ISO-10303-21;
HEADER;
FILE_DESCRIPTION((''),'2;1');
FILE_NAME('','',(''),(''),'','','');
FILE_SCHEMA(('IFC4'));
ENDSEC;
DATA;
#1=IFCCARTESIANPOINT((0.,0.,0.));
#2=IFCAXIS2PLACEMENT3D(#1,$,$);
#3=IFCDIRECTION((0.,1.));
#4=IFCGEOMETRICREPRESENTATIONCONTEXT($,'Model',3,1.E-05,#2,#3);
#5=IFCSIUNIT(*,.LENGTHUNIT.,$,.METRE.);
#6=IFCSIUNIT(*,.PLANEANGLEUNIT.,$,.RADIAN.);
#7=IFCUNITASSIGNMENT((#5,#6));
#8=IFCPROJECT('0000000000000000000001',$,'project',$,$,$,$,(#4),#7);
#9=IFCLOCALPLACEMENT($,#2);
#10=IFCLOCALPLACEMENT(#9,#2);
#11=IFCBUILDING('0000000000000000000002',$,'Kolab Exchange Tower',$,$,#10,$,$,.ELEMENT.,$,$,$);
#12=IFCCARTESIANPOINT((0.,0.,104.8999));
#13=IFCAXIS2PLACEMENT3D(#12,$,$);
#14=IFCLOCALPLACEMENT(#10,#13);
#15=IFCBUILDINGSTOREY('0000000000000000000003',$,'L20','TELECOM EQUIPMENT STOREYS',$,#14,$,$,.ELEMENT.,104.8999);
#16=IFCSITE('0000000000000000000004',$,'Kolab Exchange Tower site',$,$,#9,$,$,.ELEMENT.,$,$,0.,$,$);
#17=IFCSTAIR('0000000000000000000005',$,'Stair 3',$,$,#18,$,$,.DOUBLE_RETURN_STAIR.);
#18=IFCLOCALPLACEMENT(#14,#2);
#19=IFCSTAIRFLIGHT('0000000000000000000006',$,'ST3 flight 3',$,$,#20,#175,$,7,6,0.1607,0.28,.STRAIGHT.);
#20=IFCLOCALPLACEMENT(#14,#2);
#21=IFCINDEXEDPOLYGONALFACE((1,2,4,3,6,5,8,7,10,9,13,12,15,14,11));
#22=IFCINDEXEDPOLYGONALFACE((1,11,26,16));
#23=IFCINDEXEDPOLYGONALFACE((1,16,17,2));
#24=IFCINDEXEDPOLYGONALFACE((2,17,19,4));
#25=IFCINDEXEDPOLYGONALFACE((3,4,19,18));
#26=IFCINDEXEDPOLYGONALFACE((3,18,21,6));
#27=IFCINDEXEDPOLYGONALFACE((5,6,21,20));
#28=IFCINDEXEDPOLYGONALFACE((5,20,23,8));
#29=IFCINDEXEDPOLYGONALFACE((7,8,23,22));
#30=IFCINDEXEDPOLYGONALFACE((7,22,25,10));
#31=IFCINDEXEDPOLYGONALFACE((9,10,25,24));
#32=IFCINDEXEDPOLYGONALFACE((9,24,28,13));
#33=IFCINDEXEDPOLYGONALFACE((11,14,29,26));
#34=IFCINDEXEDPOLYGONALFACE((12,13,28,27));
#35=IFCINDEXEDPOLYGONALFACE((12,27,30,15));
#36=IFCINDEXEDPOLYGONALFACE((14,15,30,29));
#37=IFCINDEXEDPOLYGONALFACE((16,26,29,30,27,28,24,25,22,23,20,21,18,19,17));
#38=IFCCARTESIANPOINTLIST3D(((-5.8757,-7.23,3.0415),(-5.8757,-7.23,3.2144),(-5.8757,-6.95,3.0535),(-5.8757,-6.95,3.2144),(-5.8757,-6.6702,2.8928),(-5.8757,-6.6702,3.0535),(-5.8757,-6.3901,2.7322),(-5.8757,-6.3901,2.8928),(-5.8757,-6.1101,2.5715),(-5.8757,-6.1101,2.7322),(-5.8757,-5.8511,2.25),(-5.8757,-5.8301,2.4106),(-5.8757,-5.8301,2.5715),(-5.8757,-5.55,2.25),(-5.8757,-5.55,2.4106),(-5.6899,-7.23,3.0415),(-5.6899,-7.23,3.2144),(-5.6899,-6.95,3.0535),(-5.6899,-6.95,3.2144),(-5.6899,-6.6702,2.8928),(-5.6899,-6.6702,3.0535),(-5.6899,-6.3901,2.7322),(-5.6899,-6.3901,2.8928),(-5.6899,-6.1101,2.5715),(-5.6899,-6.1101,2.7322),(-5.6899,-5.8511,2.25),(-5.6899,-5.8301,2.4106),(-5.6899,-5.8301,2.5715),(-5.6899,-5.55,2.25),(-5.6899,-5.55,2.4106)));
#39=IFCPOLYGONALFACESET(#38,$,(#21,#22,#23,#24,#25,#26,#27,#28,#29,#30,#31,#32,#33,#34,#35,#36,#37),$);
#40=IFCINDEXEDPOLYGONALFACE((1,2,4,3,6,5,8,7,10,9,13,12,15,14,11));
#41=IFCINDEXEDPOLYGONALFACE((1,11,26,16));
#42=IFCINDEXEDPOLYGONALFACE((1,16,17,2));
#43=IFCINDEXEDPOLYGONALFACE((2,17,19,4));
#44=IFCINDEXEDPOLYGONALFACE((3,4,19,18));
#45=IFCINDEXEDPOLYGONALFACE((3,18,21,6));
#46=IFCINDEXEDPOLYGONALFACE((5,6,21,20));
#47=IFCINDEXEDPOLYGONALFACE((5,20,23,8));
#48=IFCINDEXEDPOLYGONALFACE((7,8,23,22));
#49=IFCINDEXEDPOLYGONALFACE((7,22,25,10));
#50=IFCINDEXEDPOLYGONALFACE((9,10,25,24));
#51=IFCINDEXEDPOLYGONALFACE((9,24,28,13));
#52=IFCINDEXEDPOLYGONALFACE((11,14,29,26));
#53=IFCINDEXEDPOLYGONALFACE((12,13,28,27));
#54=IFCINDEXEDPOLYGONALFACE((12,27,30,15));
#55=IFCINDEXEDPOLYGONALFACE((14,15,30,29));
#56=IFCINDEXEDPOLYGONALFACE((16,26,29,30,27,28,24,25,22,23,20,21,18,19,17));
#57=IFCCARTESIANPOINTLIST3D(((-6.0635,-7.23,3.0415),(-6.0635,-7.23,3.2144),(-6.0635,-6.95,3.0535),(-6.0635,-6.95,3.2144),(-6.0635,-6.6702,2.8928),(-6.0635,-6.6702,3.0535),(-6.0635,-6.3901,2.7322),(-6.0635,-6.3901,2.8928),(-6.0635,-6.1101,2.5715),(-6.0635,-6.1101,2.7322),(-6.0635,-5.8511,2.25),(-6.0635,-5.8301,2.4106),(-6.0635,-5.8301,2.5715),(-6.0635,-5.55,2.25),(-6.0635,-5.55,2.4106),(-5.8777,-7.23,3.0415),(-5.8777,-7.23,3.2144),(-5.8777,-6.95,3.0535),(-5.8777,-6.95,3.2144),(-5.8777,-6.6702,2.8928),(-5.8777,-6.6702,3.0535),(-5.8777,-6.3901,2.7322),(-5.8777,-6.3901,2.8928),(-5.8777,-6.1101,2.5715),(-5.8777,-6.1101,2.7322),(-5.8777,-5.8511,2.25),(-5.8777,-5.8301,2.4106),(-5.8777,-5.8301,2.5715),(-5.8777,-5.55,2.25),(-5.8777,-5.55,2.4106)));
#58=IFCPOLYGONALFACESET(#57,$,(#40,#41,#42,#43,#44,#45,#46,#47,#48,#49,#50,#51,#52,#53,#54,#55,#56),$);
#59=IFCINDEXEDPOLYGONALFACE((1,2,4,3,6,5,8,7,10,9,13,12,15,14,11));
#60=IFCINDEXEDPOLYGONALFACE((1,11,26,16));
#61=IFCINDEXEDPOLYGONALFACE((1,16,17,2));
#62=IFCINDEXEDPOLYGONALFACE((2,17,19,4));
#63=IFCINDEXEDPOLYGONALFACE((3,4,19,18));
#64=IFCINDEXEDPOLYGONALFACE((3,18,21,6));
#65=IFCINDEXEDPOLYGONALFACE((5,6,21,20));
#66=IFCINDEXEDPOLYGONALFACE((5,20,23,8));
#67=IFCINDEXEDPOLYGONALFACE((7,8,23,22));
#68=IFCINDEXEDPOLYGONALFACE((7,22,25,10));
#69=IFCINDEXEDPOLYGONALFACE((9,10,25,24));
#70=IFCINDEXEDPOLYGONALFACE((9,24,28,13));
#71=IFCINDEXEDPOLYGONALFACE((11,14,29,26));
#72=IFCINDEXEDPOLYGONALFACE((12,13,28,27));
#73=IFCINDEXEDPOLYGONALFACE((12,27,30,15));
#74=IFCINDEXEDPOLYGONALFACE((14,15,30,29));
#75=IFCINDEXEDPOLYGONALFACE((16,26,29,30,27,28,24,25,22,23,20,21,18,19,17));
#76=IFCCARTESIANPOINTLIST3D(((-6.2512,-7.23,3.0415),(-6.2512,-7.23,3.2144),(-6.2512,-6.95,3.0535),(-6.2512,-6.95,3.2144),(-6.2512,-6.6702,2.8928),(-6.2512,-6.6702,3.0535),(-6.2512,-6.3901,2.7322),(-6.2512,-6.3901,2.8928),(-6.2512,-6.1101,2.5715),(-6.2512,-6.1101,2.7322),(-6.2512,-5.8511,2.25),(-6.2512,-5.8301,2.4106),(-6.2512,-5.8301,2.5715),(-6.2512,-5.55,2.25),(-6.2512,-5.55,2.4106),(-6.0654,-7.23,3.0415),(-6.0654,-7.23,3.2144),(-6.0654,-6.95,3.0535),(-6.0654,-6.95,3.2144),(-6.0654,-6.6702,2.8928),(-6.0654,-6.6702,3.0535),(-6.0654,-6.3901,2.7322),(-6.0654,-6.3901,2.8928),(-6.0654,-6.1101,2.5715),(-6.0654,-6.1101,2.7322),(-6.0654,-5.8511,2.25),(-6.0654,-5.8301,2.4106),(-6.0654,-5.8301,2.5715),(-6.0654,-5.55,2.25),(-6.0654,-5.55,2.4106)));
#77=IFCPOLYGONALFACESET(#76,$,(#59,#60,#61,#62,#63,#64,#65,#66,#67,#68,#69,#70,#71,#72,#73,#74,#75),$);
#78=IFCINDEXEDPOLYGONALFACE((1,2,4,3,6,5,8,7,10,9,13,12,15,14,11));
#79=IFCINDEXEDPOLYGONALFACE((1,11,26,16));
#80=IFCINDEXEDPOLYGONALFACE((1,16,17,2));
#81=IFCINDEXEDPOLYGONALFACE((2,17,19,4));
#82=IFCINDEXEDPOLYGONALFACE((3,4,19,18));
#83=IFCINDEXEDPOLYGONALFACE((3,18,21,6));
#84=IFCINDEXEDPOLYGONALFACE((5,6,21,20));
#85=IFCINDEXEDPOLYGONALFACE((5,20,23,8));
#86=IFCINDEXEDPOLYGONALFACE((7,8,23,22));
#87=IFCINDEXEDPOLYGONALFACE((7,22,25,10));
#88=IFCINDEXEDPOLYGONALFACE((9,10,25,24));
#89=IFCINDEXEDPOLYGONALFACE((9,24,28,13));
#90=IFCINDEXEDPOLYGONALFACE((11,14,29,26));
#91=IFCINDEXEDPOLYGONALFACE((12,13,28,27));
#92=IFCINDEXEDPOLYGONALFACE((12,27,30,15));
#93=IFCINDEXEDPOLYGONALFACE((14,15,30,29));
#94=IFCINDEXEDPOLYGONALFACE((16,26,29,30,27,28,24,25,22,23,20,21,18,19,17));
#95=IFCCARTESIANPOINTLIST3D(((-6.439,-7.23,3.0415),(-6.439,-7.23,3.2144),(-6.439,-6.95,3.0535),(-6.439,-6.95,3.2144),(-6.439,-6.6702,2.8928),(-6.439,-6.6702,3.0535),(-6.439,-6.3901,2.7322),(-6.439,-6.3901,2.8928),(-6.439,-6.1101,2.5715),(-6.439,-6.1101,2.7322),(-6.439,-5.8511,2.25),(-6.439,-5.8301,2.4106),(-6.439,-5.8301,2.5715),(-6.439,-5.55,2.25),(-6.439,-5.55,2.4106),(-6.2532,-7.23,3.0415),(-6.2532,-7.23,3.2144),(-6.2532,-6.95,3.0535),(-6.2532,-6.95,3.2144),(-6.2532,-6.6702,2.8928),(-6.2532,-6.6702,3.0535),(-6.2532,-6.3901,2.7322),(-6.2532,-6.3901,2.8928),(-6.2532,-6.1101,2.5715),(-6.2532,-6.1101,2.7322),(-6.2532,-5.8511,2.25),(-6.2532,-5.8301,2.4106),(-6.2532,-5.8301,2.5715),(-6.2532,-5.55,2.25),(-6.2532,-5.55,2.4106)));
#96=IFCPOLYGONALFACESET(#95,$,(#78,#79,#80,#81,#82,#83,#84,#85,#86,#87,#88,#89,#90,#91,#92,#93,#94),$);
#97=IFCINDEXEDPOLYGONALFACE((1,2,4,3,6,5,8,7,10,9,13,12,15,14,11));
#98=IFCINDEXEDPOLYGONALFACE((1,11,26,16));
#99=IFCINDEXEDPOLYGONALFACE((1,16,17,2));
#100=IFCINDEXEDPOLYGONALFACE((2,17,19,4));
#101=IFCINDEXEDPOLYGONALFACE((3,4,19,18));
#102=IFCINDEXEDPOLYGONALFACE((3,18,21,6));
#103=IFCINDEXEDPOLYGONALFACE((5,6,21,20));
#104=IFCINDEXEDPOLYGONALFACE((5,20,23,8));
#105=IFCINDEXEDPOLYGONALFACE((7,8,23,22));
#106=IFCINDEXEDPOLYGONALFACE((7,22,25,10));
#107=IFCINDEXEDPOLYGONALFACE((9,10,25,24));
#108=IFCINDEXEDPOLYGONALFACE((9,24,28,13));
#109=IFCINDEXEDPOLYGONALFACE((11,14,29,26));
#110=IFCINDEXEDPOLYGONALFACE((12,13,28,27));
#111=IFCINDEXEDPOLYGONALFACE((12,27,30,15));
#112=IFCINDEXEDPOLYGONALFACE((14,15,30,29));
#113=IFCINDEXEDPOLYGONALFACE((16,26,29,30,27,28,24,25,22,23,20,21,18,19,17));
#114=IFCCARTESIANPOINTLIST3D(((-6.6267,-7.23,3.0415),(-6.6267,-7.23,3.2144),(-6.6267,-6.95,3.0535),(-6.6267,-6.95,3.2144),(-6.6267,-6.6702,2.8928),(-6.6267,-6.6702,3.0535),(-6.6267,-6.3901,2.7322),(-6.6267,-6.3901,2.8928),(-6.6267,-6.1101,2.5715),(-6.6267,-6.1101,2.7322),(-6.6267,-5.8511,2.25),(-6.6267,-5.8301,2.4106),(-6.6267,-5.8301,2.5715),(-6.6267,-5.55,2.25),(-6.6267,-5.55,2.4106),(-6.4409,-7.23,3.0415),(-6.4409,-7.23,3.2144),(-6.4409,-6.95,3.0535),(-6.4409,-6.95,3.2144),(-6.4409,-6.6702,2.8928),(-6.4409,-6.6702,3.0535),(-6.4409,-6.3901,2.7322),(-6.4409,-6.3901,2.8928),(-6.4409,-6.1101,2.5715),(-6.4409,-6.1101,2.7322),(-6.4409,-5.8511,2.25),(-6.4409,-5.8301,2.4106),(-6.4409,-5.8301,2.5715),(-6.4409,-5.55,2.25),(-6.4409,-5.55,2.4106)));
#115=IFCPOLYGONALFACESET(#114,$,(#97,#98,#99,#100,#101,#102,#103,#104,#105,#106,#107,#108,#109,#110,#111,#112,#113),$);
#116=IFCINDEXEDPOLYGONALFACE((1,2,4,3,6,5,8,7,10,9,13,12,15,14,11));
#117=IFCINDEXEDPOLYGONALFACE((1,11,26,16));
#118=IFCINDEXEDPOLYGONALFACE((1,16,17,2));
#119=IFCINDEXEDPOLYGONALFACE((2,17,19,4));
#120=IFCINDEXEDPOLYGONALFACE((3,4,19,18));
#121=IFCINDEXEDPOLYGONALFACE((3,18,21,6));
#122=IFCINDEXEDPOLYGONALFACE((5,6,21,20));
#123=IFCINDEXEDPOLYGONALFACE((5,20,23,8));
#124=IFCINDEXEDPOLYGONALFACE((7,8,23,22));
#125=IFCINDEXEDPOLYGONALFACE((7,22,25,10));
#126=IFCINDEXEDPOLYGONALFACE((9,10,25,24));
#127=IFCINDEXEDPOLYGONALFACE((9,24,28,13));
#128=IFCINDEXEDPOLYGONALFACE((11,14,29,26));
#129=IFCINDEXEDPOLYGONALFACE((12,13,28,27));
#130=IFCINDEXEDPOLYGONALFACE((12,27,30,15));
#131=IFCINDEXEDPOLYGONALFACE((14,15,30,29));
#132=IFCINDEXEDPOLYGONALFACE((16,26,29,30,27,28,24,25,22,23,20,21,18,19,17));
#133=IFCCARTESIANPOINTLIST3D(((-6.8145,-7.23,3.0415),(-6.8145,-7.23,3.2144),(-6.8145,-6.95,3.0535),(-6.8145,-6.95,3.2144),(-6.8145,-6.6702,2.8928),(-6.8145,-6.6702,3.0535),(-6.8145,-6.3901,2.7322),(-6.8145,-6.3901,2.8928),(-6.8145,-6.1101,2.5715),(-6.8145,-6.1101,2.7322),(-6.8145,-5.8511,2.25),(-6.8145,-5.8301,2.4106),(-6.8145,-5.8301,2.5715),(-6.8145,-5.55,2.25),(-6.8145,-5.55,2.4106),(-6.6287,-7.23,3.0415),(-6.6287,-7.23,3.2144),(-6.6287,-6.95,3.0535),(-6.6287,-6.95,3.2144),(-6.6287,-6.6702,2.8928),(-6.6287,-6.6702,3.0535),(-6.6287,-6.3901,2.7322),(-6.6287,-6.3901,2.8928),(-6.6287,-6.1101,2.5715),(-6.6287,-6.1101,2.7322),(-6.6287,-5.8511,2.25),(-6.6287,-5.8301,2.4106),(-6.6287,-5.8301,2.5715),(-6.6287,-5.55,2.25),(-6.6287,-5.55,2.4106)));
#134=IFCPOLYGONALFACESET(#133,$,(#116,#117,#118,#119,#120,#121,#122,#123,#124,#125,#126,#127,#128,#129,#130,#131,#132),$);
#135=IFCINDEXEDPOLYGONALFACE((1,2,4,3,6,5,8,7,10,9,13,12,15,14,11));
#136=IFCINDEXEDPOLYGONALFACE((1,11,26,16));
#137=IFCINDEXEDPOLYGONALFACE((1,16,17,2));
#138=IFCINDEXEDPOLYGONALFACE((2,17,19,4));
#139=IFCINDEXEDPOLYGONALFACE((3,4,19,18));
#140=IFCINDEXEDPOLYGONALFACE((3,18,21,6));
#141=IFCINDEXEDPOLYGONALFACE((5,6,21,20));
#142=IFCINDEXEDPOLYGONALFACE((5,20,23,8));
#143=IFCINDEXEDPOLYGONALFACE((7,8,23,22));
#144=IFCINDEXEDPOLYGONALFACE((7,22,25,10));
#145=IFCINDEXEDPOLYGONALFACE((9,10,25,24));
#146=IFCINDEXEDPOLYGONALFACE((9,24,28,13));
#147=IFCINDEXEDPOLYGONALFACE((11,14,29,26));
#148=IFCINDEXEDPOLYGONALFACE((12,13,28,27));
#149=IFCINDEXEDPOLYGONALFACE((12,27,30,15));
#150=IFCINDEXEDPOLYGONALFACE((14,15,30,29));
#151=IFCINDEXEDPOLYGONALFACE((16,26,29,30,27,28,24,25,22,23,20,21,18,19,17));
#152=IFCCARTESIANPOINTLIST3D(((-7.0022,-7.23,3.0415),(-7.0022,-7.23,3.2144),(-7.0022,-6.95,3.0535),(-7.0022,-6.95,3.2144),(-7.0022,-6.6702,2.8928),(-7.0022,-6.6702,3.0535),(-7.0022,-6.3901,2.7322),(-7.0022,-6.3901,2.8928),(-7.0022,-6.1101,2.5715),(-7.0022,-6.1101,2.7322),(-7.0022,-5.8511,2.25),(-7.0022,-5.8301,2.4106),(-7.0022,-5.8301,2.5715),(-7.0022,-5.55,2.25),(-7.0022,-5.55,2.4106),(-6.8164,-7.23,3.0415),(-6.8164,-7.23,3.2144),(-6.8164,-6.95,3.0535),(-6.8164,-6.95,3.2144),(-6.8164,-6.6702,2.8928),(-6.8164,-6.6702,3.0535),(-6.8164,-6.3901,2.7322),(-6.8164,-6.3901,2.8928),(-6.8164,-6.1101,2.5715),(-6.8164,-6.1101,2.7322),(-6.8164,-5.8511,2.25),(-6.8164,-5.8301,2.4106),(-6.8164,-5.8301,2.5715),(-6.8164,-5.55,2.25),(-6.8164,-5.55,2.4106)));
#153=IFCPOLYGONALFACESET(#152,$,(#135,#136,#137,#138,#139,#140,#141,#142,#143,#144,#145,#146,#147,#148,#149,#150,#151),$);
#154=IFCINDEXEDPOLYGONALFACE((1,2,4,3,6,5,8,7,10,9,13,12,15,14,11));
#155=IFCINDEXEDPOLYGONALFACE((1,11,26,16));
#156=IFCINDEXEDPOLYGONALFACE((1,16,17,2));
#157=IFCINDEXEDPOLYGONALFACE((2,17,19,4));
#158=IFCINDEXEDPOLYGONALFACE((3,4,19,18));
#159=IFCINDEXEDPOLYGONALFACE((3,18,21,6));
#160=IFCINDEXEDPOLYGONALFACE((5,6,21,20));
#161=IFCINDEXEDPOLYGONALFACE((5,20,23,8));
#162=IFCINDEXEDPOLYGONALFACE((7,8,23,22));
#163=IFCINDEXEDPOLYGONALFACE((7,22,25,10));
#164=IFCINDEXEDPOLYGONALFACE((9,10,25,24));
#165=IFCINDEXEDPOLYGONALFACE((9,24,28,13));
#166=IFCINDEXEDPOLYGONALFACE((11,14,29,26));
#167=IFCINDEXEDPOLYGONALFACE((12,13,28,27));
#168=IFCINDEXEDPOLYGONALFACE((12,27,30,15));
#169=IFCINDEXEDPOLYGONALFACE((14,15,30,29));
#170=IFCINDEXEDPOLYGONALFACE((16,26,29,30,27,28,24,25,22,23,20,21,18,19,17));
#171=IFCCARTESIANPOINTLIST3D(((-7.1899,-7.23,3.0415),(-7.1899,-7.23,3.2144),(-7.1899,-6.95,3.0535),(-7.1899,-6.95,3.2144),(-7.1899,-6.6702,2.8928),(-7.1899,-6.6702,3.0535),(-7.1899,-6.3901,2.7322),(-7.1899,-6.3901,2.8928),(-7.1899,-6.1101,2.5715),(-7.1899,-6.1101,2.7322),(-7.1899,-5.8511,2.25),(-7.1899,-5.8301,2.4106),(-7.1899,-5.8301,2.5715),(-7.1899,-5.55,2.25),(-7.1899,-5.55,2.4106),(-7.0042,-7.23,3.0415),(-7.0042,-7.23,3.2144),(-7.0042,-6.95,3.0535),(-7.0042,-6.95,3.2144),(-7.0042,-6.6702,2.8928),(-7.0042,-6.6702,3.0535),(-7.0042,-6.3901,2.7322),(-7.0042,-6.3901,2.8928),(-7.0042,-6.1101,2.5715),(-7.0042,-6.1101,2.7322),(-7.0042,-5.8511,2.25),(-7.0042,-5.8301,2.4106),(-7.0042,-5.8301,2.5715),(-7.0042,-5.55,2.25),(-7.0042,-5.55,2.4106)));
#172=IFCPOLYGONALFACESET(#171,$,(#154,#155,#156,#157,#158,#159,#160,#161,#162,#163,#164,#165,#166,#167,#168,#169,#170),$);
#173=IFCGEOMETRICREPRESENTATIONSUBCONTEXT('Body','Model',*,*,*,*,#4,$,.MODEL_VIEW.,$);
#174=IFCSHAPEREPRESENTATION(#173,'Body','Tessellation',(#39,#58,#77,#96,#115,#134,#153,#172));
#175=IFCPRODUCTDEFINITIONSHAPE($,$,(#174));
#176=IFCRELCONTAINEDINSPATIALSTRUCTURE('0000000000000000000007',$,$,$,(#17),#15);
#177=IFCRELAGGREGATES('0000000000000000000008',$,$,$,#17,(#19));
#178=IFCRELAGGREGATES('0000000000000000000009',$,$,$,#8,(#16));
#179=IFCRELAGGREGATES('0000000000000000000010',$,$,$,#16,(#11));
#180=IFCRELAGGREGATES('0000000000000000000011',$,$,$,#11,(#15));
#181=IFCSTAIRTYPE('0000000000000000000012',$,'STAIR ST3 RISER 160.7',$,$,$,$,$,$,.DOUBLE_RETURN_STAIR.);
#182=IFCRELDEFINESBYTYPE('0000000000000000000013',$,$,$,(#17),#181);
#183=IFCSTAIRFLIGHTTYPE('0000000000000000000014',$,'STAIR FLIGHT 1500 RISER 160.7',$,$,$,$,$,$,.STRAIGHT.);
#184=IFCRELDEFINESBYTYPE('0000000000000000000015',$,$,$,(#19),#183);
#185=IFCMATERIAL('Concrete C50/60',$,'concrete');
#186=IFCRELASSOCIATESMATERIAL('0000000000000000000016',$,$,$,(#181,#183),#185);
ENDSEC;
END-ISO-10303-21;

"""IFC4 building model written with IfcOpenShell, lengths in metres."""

from ifc_helpers import new_model, si_unit, direction, frame, origin, place, context, subcontext, project, spatial, polyline, outline, extrude, material, type_object, element, aggregate, save


model = new_model("IFC4")

# Units and contexts
model_context = context("Model", 3, precision=1e-05, world=origin(), true_north=direction((0.0, 1.0)))
body_context = subcontext(model_context, "Body", "Model", "MODEL_VIEW")
ifc_project = project(units=[si_unit("LENGTHUNIT", "METRE"), si_unit("PLANEANGLEUNIT", "RADIAN")], contexts=[model_context])

# Site, building, storey
site_placement = place(None, origin())
site = spatial("IfcSite", under=ifc_project, at=site_placement, Name="Kolab Exchange Tower site", CompositionType="ELEMENT", RefElevation=0.0)
building_placement = place(site_placement, origin())
building = spatial("IfcBuilding", under=site, at=building_placement, Name="Kolab Exchange Tower", CompositionType="ELEMENT")
storey_placement = place(building_placement, frame((0.0, 0.0, 104.8999)))
storey = spatial("IfcBuildingStorey", under=building, at=storey_placement, Name="L20", Description="TELECOM EQUIPMENT STOREYS", CompositionType="ELEMENT", Elevation=104.8999)

# Shared definitions
ifc_material_1 = material(Name="Concrete C50/60", Category="concrete")

# Stair, stair flight
stair_type = type_object("IfcStairType", Name="STAIR ST3 RISER 160.7", PredefinedType="DOUBLE_RETURN_STAIR", material=ifc_material_1)
stair_placement = place(storey_placement, origin())
stair = element("IfcStair", 1, at=stair_placement, inside=storey, type_object=stair_type, Name="Stair 3", PredefinedType="DOUBLE_RETURN_STAIR")
stair_flight_type = type_object("IfcStairFlightType", Name="STAIR FLIGHT 1500 RISER 160.7", PredefinedType="STRAIGHT", material=ifc_material_1)
stair_flight_1_placement = place(storey_placement, frame((-6.4399, -5.55, 2.25), z_axis=(0.0, 0.0, 1.0), x_axis=(0.0, -1.0, 0.0)))
stair_flight_1 = element("IfcStairFlight", 2, at=stair_flight_1_placement, type_object=stair_flight_type, Name="ST3 flight 3", NumberOfRisers=7, NumberOfTreads=6, PredefinedType="STRAIGHT", RiserHeight=0.1607, TreadLength=0.28, context=body_context, shape_type="SweptSolid", body=[
    extrude(outline(polyline([(0.0, 0.0), (0.0, 0.1606), (0.28, 0.1606), (0.28, 0.3215), (0.5601, 0.3215), (0.5601, 0.4822), (0.8401, 0.4822), (0.8401, 0.6428), (1.1201, 0.6428), (1.1201, 0.8035), (1.3999, 0.8035), (1.3999, 0.9644), (1.6799, 0.9644), (1.6799, 1.125), (1.6799, 0.7915), (0.301, 0.0), (0.0, 0.0)])), frame((0.0, 0.75, 0.0), z_axis=(0.0, -1.0, 0.0), x_axis=(1.0, 0.0, 0.0)), (0.0, 0.0, 1.0), 0.1858),
    extrude(outline(polyline([(0.0, 0.0), (0.0, 0.1606), (0.28, 0.1606), (0.28, 0.3215), (0.5601, 0.3215), (0.5601, 0.4822), (0.8401, 0.4822), (0.8401, 0.6428), (1.1201, 0.6428), (1.1201, 0.8035), (1.3999, 0.8035), (1.3999, 0.9644), (1.6799, 0.9644), (1.6799, 1.125), (1.6799, 0.7915), (0.301, 0.0), (0.0, 0.0)])), frame((0.0, 0.5623, 0.0), z_axis=(0.0, -1.0, 0.0), x_axis=(1.0, 0.0, 0.0)), (0.0, 0.0, 1.0), 0.1858),
    extrude(outline(polyline([(0.0, 0.0), (0.0, 0.1606), (0.28, 0.1606), (0.28, 0.3215), (0.5601, 0.3215), (0.5601, 0.4822), (0.8401, 0.4822), (0.8401, 0.6428), (1.1201, 0.6428), (1.1201, 0.8035), (1.3999, 0.8035), (1.3999, 0.9644), (1.6799, 0.9644), (1.6799, 1.125), (1.6799, 0.7915), (0.301, 0.0), (0.0, 0.0)])), frame((0.0, 0.3745, 0.0), z_axis=(0.0, -1.0, 0.0), x_axis=(1.0, 0.0, 0.0)), (0.0, 0.0, 1.0), 0.1858),
    extrude(outline(polyline([(0.0, 0.0), (0.0, 0.1606), (0.28, 0.1606), (0.28, 0.3215), (0.5601, 0.3215), (0.5601, 0.4822), (0.8401, 0.4822), (0.8401, 0.6428), (1.1201, 0.6428), (1.1201, 0.8035), (1.3999, 0.8035), (1.3999, 0.9644), (1.6799, 0.9644), (1.6799, 1.125), (1.6799, 0.7915), (0.301, 0.0), (0.0, 0.0)])), frame((0.0, 0.1868, 0.0), z_axis=(0.0, -1.0, 0.0), x_axis=(1.0, 0.0, 0.0)), (0.0, 0.0, 1.0), 0.1858),
    extrude(outline(polyline([(0.0, 0.0), (0.0, 0.1606), (0.28, 0.1606), (0.28, 0.3215), (0.5601, 0.3215), (0.5601, 0.4822), (0.8401, 0.4822), (0.8401, 0.6428), (1.1201, 0.6428), (1.1201, 0.8035), (1.3999, 0.8035), (1.3999, 0.9644), (1.6799, 0.9644), (1.6799, 1.125), (1.6799, 0.7915), (0.301, 0.0), (0.0, 0.0)])), frame((0.0, -0.001, 0.0), z_axis=(0.0, -1.0, 0.0), x_axis=(1.0, 0.0, 0.0)), (0.0, 0.0, 1.0), 0.1858),
    extrude(outline(polyline([(0.0, 0.0), (0.0, 0.1606), (0.28, 0.1606), (0.28, 0.3215), (0.5601, 0.3215), (0.5601, 0.4822), (0.8401, 0.4822), (0.8401, 0.6428), (1.1201, 0.6428), (1.1201, 0.8035), (1.3999, 0.8035), (1.3999, 0.9644), (1.6799, 0.9644), (1.6799, 1.125), (1.6799, 0.7915), (0.301, 0.0), (0.0, 0.0)])), frame((0.0, -0.1887, 0.0), z_axis=(0.0, -1.0, 0.0), x_axis=(1.0, 0.0, 0.0)), (0.0, 0.0, 1.0), 0.1858),
    extrude(outline(polyline([(0.0, 0.0), (0.0, 0.1606), (0.28, 0.1606), (0.28, 0.3215), (0.5601, 0.3215), (0.5601, 0.4822), (0.8401, 0.4822), (0.8401, 0.6428), (1.1201, 0.6428), (1.1201, 0.8035), (1.3999, 0.8035), (1.3999, 0.9644), (1.6799, 0.9644), (1.6799, 1.125), (1.6799, 0.7915), (0.301, 0.0), (0.0, 0.0)])), frame((0.0, -0.3765, 0.0), z_axis=(0.0, -1.0, 0.0), x_axis=(1.0, 0.0, 0.0)), (0.0, 0.0, 1.0), 0.1858),
    extrude(outline(polyline([(0.0, 0.0), (0.0, 0.1606), (0.28, 0.1606), (0.28, 0.3215), (0.5601, 0.3215), (0.5601, 0.4822), (0.8401, 0.4822), (0.8401, 0.6428), (1.1201, 0.6428), (1.1201, 0.8035), (1.3999, 0.8035), (1.3999, 0.9644), (1.6799, 0.9644), (1.6799, 1.125), (1.6799, 0.7915), (0.301, 0.0), (0.0, 0.0)])), frame((0.0, -0.5642, 0.0), z_axis=(0.0, -1.0, 0.0), x_axis=(1.0, 0.0, 0.0)), (0.0, 0.0, 1.0), 0.1858),
])
aggregate(stair, [stair_flight_1])

save(model, "model.ifc")
